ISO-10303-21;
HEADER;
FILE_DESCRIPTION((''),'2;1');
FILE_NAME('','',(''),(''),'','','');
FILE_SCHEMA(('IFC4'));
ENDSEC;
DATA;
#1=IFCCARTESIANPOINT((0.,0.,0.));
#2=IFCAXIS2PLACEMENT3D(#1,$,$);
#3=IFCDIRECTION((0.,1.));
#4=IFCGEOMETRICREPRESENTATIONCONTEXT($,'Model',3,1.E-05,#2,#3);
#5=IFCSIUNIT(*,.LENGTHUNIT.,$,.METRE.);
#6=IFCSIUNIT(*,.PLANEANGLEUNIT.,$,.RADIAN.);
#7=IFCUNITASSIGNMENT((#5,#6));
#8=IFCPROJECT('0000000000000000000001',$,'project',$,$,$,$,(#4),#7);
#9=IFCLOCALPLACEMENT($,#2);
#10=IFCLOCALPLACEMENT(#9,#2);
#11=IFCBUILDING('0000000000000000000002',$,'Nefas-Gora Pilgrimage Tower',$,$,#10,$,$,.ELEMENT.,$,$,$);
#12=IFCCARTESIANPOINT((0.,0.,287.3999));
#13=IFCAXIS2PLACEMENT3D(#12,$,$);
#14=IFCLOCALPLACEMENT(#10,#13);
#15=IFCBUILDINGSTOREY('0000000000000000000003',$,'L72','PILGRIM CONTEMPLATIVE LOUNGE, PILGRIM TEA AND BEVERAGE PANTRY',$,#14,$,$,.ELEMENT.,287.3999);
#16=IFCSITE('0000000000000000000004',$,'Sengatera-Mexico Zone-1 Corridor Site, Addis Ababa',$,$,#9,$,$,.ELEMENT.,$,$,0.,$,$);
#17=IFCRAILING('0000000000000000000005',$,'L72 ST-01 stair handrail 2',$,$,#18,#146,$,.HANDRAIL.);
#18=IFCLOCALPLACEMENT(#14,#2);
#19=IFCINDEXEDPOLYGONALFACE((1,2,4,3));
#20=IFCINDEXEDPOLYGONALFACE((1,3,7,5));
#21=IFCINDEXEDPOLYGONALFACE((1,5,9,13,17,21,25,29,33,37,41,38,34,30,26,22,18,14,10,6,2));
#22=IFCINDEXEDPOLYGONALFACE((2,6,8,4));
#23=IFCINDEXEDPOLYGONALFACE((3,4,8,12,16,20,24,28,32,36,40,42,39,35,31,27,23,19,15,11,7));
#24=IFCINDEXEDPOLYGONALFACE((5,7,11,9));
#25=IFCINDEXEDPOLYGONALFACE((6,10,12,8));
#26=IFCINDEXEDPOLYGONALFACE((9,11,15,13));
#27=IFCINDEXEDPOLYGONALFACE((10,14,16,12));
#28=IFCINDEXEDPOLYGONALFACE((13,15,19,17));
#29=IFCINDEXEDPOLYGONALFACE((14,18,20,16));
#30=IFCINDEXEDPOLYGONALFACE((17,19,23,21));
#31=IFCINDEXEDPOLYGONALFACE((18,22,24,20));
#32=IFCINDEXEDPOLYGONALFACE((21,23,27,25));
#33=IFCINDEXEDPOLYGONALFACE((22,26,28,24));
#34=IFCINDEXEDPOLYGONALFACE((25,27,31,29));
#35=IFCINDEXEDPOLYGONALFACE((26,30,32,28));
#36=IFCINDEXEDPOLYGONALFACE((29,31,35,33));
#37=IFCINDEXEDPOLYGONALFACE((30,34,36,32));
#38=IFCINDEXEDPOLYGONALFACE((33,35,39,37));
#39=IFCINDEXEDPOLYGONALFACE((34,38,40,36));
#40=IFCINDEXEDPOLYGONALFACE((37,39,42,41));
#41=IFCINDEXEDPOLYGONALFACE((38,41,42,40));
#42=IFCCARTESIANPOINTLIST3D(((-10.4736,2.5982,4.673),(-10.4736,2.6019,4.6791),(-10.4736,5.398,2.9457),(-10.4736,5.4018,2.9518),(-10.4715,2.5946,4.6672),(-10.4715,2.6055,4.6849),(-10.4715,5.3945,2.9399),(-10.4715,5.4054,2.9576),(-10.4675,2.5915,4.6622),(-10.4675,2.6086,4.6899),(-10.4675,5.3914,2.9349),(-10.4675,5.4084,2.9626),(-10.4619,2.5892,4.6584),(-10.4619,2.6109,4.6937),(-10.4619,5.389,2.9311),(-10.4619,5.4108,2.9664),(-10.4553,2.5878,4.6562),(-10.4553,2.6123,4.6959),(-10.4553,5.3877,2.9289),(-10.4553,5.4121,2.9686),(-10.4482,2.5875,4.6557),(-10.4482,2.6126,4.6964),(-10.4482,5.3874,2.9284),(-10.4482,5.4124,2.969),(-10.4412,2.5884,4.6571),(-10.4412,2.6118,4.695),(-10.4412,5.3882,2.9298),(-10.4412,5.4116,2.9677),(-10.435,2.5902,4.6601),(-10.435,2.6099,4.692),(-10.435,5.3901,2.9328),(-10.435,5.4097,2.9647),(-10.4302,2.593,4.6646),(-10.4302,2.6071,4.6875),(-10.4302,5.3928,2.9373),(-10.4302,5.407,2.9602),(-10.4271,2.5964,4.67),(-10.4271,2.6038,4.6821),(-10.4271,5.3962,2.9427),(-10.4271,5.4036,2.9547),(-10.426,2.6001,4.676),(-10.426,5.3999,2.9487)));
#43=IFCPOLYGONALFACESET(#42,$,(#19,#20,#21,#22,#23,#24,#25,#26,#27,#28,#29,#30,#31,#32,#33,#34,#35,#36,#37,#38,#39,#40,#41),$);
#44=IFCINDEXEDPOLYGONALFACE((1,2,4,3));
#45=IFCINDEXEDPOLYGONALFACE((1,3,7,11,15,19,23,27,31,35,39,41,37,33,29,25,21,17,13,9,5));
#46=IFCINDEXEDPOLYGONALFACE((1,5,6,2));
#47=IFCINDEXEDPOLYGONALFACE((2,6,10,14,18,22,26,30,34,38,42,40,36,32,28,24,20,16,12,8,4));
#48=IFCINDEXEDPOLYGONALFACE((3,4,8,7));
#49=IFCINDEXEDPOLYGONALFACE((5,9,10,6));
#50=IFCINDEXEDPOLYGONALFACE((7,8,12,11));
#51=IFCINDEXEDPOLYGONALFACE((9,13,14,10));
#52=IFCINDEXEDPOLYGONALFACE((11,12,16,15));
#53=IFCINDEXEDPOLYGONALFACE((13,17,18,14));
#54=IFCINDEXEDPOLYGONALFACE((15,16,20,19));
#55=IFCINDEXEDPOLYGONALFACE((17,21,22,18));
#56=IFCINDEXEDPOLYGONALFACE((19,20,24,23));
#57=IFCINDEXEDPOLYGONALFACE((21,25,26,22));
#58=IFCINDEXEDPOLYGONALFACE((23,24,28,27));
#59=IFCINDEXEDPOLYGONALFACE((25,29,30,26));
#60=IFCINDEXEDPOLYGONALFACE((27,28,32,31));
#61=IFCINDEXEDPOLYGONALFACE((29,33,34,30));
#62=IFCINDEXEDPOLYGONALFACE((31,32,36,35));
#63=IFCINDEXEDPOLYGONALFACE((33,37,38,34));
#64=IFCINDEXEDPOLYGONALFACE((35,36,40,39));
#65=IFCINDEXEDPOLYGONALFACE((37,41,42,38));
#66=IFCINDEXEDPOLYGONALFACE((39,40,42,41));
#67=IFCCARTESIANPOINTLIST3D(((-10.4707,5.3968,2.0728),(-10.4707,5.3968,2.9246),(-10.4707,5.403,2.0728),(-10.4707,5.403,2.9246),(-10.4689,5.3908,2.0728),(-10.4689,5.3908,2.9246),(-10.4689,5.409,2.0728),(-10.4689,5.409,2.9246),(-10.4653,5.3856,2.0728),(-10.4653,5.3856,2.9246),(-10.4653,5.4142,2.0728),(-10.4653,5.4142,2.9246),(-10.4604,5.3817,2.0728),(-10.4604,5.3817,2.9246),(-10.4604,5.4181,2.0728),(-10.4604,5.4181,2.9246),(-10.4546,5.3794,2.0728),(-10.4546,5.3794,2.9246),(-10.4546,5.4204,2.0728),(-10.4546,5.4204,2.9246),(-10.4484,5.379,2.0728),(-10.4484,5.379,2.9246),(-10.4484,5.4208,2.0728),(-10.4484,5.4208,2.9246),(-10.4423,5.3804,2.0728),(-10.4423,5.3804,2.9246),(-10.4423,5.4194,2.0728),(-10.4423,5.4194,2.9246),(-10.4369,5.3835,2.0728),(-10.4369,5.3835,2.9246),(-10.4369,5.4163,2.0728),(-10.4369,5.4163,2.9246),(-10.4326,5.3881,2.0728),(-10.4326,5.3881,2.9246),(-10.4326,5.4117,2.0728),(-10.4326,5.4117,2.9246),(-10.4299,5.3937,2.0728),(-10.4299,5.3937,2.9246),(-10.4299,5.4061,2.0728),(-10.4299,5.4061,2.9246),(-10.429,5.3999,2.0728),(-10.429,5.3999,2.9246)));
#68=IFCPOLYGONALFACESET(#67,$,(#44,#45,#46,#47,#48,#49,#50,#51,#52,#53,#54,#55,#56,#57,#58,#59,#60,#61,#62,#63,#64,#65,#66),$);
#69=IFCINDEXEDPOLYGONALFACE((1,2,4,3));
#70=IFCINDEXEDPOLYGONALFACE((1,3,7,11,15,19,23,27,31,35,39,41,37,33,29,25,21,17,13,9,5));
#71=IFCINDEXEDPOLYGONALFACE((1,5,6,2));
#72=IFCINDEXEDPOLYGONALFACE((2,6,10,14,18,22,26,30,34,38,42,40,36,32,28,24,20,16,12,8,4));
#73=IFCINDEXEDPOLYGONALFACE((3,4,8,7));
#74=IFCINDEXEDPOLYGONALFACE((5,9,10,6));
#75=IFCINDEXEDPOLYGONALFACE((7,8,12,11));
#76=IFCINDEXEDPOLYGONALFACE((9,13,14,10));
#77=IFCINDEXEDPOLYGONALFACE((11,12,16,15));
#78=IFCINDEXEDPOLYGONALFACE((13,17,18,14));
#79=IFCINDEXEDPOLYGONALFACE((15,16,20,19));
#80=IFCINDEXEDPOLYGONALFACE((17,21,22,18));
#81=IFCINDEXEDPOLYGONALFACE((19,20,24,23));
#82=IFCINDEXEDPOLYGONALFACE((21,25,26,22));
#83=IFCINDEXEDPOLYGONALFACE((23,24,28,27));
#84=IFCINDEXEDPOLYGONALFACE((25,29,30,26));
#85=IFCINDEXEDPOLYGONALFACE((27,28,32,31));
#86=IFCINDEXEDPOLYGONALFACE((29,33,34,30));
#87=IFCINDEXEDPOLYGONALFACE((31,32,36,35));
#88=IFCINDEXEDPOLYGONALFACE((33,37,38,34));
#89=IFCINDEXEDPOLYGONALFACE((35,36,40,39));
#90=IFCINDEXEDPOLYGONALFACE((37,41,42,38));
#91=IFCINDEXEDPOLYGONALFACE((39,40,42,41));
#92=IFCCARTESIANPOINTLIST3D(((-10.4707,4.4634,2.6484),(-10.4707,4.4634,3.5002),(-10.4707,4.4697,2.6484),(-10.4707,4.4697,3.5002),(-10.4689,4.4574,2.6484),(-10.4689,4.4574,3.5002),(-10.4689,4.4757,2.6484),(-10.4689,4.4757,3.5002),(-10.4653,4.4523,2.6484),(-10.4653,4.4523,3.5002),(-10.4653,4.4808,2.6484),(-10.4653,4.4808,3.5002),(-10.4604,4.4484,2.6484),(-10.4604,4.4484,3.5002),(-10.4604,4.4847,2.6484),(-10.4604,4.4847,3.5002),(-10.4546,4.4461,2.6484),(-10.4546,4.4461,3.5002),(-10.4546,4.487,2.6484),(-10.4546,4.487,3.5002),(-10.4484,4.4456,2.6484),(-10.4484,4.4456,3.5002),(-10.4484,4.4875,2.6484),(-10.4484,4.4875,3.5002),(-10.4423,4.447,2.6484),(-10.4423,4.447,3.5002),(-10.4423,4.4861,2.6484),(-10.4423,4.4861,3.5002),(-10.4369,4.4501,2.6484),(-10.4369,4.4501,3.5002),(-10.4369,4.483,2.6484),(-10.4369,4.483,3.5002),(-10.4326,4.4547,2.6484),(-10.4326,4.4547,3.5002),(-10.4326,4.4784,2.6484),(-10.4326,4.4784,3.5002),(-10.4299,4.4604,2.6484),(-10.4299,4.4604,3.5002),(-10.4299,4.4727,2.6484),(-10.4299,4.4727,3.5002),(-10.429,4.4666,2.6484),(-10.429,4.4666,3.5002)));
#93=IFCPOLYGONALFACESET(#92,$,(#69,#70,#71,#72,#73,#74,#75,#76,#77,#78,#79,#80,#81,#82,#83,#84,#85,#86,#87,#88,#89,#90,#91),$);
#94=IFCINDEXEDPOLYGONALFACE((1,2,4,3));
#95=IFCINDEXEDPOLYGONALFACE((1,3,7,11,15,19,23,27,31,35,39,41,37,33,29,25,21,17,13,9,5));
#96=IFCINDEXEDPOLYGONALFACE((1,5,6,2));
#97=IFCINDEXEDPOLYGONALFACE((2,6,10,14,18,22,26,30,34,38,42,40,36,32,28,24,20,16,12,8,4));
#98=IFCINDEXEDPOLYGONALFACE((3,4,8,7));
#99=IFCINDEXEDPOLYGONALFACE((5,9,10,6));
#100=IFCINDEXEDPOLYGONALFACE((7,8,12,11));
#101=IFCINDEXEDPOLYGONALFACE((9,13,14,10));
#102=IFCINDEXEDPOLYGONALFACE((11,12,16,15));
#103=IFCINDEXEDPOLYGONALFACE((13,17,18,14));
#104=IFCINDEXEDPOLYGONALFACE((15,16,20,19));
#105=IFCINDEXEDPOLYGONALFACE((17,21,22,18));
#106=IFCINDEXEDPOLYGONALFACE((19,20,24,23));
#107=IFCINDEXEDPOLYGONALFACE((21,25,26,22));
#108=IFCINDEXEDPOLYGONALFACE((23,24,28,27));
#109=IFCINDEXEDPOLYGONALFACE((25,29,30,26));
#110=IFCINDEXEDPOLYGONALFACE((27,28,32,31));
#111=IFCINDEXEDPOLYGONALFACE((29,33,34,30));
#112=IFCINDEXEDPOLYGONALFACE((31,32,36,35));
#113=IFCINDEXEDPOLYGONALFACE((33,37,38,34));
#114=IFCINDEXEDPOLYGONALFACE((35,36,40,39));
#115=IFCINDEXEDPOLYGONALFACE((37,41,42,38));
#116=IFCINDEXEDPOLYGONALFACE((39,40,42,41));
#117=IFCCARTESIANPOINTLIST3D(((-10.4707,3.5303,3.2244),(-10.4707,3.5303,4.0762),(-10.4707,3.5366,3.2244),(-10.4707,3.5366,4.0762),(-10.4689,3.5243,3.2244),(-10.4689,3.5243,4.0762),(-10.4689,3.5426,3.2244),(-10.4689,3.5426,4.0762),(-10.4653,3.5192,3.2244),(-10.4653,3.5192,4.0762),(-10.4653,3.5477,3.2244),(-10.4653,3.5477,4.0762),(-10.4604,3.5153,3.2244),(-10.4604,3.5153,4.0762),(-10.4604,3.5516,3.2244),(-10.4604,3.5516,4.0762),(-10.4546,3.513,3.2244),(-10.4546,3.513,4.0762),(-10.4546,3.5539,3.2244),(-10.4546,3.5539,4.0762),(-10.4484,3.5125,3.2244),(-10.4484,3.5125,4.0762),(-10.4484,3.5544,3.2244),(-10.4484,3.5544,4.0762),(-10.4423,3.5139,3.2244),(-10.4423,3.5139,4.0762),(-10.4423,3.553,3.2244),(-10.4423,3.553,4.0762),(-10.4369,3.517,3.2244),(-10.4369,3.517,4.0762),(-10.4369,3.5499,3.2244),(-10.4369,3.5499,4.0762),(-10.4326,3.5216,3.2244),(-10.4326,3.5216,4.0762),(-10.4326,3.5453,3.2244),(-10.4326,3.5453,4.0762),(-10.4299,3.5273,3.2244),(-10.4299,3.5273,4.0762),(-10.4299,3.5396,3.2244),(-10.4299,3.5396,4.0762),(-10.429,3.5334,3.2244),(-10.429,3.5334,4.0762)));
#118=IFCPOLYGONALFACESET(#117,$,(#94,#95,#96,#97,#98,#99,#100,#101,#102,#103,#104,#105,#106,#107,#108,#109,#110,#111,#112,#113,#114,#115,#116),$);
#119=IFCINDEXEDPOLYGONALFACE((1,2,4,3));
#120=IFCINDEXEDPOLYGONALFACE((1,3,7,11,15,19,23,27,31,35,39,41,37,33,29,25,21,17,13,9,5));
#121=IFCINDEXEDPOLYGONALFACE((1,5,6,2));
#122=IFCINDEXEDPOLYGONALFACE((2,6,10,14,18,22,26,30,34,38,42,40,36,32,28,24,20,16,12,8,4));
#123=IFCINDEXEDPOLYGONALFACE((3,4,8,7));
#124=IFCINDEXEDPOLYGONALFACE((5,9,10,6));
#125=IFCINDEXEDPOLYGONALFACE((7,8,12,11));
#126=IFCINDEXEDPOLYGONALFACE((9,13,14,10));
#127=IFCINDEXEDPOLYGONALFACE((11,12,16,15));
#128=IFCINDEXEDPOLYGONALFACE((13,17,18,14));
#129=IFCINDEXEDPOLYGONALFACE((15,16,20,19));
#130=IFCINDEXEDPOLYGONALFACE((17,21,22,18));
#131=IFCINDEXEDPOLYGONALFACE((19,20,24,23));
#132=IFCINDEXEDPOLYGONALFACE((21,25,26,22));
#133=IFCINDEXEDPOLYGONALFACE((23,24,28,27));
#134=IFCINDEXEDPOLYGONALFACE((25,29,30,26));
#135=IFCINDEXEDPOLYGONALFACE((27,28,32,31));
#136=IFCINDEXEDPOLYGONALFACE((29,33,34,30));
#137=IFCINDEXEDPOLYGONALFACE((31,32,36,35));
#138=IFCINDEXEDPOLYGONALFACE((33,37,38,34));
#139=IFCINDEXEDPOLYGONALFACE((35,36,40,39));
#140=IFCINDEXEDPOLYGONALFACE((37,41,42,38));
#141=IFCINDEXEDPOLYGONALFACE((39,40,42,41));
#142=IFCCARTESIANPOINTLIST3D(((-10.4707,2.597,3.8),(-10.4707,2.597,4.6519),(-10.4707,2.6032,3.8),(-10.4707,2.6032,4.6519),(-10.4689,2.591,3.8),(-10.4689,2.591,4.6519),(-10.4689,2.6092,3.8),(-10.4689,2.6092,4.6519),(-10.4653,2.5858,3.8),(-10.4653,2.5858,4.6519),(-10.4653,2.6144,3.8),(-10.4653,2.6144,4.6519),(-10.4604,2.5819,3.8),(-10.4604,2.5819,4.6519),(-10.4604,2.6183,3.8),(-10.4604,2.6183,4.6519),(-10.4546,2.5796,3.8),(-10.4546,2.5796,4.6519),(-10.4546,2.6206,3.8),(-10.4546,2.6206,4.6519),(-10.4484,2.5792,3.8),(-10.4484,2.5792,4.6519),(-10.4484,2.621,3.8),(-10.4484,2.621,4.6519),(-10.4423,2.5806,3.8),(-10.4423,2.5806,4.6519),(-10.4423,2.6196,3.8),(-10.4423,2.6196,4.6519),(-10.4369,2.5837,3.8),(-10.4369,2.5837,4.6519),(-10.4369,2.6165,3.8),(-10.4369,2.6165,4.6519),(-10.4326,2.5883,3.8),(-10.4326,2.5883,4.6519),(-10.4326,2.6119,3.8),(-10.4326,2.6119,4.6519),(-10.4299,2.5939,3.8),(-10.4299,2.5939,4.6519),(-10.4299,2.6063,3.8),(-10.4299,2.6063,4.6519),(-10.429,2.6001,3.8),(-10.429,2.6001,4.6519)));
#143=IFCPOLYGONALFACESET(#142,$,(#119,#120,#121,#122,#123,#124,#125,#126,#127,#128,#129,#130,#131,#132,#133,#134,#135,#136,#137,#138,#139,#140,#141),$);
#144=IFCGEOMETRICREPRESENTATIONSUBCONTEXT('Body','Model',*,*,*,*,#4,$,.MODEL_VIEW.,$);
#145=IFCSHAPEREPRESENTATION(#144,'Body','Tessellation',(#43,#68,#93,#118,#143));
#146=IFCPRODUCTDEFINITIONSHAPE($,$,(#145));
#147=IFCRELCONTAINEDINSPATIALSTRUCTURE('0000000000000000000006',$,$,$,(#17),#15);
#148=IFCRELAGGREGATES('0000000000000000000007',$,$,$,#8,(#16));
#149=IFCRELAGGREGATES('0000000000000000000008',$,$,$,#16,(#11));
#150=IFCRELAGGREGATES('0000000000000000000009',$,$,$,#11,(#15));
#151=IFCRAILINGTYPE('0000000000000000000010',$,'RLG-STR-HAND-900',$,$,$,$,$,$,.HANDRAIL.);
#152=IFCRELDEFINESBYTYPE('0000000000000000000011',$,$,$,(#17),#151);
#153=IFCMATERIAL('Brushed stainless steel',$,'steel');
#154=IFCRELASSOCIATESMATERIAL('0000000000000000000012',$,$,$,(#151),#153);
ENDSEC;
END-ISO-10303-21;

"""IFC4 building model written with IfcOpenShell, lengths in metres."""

from ifc_helpers import new_model, si_unit, direction, frame, origin, origin_2d, place, context, subcontext, project, spatial, circle, extrude, material, type_object, element, save


model = new_model("IFC4")

# Units and contexts
model_context = context("Model", 3, precision=1e-05, world=origin(), true_north=direction((0.0, 1.0)))
body_context = subcontext(model_context, "Body", "Model", "MODEL_VIEW")
ifc_project = project(units=[si_unit("LENGTHUNIT", "METRE"), si_unit("PLANEANGLEUNIT", "RADIAN")], contexts=[model_context])

# Site, building, storey
site_placement = place(None, origin())
site = spatial("IfcSite", under=ifc_project, at=site_placement, Name="Sengatera-Mexico Zone-1 Corridor Site, Addis Ababa", CompositionType="ELEMENT", RefElevation=0.0)
building_placement = place(site_placement, origin())
building = spatial("IfcBuilding", under=site, at=building_placement, Name="Nefas-Gora Pilgrimage Tower", CompositionType="ELEMENT")
storey_placement = place(building_placement, frame((0.0, 0.0, 287.3999)))
storey = spatial("IfcBuildingStorey", under=building, at=storey_placement, Name="L72", Description="PILGRIM CONTEMPLATIVE LOUNGE, PILGRIM TEA AND BEVERAGE PANTRY", CompositionType="ELEMENT", Elevation=287.3999)

# Railing
ifc_material_1 = material(Name="Brushed stainless steel", Category="steel")
railing_type_1 = type_object("IfcRailingType", Name="RLG-STR-HAND-900", PredefinedType="HANDRAIL", material=ifc_material_1)
railing_1_placement = place(storey_placement, frame((-10.45, 5.3999, 2.0728)))
element("IfcRailing", 1, at=railing_1_placement, inside=storey, type_object=railing_type_1, Name="L72 ST-01 stair handrail 2", PredefinedType="HANDRAIL", context=body_context, shape_type="SweptSolid", body=[
    extrude(circle(Radius=0.0239, at=origin_2d()), frame((0.0, 0.0, 0.876), z_axis=(0.0, -0.851069, 0.525054), x_axis=(1.0, 0.0, 0.0)), (0.0, 0.0, 1.0), 3.2898),
    extrude(circle(Radius=0.021, at=origin_2d()), origin(), (0.0, 0.0, 1.0), 0.8518),
    extrude(circle(Radius=0.021, at=origin_2d()), frame((0.0, -0.9333, 0.5757)), (0.0, 0.0, 1.0), 0.8518),
    extrude(circle(Radius=0.021, at=origin_2d()), frame((0.0, -1.8665, 1.1516)), (0.0, 0.0, 1.0), 0.8518),
    extrude(circle(Radius=0.021, at=origin_2d()), frame((0.0, -2.7998, 1.7273)), (0.0, 0.0, 1.0), 0.8518),
])

save(model, "model.ifc")
